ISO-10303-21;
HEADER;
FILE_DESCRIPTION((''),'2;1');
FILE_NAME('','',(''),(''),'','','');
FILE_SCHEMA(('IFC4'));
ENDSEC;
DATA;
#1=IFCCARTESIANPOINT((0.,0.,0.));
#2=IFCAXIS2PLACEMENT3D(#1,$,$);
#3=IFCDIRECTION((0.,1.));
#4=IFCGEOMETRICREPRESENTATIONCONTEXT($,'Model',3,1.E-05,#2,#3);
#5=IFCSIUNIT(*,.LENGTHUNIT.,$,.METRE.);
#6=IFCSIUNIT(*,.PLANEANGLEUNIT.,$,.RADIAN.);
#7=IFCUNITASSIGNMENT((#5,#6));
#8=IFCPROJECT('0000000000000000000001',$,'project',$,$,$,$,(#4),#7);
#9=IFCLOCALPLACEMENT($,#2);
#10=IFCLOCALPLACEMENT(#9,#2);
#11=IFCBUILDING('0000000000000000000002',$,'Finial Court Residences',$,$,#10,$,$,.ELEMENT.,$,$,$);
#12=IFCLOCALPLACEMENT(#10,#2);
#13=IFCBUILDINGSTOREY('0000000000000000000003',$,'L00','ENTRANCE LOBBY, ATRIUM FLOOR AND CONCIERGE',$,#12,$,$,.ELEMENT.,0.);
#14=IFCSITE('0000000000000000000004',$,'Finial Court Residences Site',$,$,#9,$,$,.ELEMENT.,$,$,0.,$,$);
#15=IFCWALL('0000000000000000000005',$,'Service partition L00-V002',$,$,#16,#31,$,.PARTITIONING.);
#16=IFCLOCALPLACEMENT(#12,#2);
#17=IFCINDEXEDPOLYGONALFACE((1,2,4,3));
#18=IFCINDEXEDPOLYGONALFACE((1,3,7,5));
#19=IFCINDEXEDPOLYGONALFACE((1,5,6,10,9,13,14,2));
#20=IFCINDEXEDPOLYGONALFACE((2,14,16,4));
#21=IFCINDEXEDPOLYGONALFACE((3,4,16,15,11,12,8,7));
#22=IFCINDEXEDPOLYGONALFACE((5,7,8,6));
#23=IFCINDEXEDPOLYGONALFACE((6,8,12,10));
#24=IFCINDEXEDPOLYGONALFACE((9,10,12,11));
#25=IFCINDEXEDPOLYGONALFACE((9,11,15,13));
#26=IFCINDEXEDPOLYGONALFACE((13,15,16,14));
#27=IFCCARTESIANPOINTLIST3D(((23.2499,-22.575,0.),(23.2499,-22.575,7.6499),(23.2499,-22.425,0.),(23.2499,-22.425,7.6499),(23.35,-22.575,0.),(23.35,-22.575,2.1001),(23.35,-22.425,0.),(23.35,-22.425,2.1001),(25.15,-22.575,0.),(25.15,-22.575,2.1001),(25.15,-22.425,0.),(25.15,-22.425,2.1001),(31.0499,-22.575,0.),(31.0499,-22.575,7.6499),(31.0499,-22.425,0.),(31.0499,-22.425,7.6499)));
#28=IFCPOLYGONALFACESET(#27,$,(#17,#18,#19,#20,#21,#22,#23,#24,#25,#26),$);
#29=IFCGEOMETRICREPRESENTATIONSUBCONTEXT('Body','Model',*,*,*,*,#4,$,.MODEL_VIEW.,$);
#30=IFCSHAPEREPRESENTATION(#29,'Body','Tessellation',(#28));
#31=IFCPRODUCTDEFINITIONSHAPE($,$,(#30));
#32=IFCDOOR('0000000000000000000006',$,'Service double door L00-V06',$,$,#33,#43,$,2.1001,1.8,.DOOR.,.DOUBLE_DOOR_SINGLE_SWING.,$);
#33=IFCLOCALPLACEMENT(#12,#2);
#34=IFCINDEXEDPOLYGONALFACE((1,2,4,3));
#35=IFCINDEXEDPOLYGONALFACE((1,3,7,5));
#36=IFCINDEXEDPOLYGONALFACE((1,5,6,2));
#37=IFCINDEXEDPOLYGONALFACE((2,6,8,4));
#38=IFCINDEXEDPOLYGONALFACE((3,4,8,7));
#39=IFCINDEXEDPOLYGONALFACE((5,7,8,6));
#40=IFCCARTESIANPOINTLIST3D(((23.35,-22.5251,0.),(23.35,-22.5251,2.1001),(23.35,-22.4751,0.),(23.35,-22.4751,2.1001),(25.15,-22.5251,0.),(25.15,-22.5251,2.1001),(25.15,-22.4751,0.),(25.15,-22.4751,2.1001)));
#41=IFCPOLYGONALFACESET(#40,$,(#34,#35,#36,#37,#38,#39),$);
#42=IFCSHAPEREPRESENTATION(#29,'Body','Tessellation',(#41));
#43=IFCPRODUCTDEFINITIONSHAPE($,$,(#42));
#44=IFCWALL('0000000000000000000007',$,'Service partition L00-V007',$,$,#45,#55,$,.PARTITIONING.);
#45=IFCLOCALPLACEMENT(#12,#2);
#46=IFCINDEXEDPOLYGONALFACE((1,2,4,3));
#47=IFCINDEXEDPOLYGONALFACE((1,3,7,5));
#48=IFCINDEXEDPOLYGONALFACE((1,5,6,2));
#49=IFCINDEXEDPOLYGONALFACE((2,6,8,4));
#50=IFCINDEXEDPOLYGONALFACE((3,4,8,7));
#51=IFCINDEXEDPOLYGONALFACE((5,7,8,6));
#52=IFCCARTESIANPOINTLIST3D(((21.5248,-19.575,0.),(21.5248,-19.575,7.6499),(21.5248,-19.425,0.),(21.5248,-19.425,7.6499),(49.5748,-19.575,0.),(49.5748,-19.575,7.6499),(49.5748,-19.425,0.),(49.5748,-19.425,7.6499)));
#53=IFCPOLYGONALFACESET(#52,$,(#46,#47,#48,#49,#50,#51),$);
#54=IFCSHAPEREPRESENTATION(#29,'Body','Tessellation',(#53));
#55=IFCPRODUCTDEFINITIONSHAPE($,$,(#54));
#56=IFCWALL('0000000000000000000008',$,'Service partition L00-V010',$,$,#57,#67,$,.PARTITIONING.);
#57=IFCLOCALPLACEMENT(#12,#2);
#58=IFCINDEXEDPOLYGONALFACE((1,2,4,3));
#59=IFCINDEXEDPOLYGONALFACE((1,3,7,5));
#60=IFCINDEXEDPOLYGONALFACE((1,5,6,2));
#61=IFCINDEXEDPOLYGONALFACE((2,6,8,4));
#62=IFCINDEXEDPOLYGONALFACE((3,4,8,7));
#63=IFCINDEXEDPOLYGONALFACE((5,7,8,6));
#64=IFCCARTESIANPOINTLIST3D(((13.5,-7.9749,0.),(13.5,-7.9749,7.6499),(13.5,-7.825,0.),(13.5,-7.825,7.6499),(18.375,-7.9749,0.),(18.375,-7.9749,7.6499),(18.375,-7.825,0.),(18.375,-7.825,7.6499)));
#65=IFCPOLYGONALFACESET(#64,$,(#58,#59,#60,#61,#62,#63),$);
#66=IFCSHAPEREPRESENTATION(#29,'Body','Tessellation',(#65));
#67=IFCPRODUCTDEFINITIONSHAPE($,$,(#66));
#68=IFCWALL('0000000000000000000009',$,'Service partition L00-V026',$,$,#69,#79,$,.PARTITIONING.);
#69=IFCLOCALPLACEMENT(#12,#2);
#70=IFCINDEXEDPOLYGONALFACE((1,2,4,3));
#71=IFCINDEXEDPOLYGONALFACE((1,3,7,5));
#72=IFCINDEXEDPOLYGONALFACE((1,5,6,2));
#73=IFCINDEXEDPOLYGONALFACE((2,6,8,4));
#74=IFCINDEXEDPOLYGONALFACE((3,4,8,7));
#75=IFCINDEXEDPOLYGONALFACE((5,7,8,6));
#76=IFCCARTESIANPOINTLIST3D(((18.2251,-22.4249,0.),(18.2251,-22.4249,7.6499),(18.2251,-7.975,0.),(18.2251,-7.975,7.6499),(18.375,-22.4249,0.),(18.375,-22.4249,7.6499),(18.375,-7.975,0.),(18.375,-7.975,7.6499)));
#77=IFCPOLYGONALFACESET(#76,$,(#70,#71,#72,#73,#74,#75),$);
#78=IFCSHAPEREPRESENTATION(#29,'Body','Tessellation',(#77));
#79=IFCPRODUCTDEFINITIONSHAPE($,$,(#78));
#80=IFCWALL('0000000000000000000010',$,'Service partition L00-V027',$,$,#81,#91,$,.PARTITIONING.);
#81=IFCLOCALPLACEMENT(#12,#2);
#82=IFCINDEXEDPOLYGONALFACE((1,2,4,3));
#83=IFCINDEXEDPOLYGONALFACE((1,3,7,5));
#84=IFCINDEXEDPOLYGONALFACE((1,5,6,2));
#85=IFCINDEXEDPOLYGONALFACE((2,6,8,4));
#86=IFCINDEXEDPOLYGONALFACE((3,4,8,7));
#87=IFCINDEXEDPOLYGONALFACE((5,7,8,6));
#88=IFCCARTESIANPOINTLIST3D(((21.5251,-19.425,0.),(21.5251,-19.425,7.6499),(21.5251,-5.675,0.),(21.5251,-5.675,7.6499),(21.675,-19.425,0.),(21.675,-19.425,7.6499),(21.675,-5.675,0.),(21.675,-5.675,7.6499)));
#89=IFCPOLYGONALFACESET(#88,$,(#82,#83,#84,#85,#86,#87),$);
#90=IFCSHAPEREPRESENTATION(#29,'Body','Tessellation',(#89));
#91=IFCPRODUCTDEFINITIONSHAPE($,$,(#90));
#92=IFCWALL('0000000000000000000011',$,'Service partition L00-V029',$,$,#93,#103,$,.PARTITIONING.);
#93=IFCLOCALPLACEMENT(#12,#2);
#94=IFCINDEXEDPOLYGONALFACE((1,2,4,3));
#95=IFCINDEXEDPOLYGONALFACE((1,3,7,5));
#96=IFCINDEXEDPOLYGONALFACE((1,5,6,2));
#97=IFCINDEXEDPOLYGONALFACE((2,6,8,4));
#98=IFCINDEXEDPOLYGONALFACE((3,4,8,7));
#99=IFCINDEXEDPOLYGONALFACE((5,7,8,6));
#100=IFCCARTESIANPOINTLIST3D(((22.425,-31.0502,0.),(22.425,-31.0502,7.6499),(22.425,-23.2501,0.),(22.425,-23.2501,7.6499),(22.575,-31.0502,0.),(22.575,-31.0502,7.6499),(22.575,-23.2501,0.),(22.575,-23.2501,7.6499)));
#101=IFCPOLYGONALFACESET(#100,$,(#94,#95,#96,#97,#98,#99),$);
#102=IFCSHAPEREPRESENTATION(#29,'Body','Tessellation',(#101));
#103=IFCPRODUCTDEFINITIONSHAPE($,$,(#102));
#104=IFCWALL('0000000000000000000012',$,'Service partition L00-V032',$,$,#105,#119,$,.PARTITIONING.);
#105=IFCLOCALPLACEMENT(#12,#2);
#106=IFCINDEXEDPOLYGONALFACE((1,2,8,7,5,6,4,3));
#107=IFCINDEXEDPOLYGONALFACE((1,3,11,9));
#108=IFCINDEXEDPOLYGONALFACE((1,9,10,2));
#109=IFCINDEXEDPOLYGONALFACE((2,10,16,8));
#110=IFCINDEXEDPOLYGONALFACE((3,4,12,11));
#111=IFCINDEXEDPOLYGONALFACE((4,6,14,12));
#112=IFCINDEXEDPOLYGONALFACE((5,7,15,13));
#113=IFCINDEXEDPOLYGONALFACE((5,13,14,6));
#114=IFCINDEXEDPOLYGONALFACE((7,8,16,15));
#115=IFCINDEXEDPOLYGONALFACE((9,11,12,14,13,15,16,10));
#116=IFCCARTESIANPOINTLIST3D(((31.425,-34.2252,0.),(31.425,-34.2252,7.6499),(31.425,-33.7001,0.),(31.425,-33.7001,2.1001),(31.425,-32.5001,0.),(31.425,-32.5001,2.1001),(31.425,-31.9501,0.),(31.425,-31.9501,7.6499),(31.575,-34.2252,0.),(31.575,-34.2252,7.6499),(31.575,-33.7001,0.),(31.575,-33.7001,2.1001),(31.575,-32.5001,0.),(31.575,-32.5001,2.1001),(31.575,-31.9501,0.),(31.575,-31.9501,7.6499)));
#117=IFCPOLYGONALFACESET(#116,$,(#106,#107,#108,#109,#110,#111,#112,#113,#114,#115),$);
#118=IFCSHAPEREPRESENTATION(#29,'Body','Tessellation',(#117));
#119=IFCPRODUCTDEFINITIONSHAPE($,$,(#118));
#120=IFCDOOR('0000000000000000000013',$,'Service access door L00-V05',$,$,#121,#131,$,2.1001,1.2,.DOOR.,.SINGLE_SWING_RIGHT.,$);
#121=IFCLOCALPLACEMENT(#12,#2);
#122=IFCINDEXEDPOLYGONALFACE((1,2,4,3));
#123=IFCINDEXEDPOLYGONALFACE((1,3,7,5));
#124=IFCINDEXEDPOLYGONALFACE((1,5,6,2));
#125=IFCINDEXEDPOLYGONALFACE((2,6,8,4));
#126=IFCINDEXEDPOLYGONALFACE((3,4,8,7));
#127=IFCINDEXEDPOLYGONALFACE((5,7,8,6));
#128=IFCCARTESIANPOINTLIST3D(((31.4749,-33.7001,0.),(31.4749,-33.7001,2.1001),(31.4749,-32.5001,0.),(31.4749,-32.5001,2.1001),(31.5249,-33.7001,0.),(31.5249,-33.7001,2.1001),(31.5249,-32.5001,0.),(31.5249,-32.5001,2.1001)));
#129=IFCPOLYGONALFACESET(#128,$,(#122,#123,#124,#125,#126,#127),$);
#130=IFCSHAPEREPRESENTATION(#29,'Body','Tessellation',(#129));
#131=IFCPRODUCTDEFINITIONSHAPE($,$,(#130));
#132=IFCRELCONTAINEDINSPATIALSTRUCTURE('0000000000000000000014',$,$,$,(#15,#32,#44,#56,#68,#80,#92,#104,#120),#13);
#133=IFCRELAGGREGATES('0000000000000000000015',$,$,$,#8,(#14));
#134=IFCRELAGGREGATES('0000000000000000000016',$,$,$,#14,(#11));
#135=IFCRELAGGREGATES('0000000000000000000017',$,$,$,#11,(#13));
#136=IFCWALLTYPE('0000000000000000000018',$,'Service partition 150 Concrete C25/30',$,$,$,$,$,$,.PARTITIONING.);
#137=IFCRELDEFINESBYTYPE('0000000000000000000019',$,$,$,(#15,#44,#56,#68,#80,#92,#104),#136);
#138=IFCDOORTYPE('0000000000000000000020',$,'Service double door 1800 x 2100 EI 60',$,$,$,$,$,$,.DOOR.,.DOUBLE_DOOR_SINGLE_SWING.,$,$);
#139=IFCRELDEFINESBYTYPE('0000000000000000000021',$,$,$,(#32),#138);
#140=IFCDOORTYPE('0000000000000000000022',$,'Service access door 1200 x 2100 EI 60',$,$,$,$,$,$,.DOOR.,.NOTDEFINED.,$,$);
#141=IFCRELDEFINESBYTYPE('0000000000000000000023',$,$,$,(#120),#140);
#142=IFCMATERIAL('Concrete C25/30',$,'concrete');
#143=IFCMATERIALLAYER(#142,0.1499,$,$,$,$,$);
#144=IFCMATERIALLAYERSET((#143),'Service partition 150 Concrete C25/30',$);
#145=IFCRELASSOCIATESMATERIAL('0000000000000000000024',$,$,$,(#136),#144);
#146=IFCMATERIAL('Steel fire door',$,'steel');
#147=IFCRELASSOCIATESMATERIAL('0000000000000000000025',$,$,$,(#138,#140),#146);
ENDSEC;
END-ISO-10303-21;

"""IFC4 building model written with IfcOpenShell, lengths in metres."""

from ifc_helpers import new_model, si_unit, direction, frame, frame_2d, origin, place, context, subcontext, project, spatial, rectangle, extrude, material, layer, layer_set, type_object, element, fill, save


model = new_model("IFC4")

# Units and contexts
model_context = context("Model", 3, precision=1e-05, world=origin(), true_north=direction((0.0, 1.0)))
body_context = subcontext(model_context, "Body", "Model", "MODEL_VIEW")
ifc_project = project(units=[si_unit("LENGTHUNIT", "METRE"), si_unit("PLANEANGLEUNIT", "RADIAN")], contexts=[model_context])

# Site, building, storey
site_placement = place(None, origin())
site = spatial("IfcSite", under=ifc_project, at=site_placement, Name="Finial Court Residences Site", CompositionType="ELEMENT", RefElevation=0.0)
building_placement = place(site_placement, origin())
building = spatial("IfcBuilding", under=site, at=building_placement, Name="Finial Court Residences", CompositionType="ELEMENT")
storey_placement = place(building_placement, origin())
storey = spatial("IfcBuildingStorey", under=building, at=storey_placement, Name="L00", Description="ENTRANCE LOBBY, ATRIUM FLOOR AND CONCIERGE", CompositionType="ELEMENT", Elevation=0.0)

# Shared definitions
ifc_material_1 = material(Name="Steel fire door", Category="steel")

# Shared definitions
ifc_material_2 = material(Name="Concrete C25/30", Category="concrete")
ifc_layer_1 = layer(ifc_material_2, 0.1499)
ifc_layer_set_1 = layer_set([ifc_layer_1], Name="Service partition 150 Concrete C25/30")
wall_type_1 = type_object("IfcWallType", Name="Service partition 150 Concrete C25/30", PredefinedType="PARTITIONING", material=ifc_layer_set_1)

# Wall, opening, door
wall_1_placement = place(storey_placement, frame((23.25, -22.5, 0.0), z_axis=(0.0, 0.0, 1.0), x_axis=(1.0, 0.0, 0.0)))
wall_1 = element("IfcWall", 1, at=wall_1_placement, inside=storey, type_object=wall_type_1, Name="Service partition L00-V002", PredefinedType="PARTITIONING", context=body_context, shape_type="SweptSolid", body=[
    extrude(rectangle(XDim=7.8, YDim=0.1499, at=frame_2d((3.8999, 0.0))), origin(), (0.0, 0.0, 1.0), 7.6499),
])
opening_1_placement = place(wall_1_placement, frame((0.1001, 0.0, 0.0)))
opening_1 = element("IfcOpeningElement", 2, at=opening_1_placement, cuts=wall_1, PredefinedType="OPENING", context=body_context, shape_type="SweptSolid", body=[
    extrude(rectangle(XDim=1.8, YDim=2.1001, at=frame_2d((0.8999, 1.05))), frame((0.0, 0.085, 0.0), z_axis=(0.0, -1.0, 0.0), x_axis=(1.0, 0.0, 0.0)), (0.0, 0.0, 1.0), 0.1699),
])
door_type_1 = type_object("IfcDoorType", Name="Service double door 1800 x 2100 EI 60", OperationType="DOUBLE_DOOR_SINGLE_SWING", PredefinedType="DOOR", material=ifc_material_1)
door_1_placement = place(opening_1_placement, origin())
door_1 = element("IfcDoor", 3, at=door_1_placement, inside=storey, type_object=door_type_1, Name="Service double door L00-V06", OperationType="DOUBLE_DOOR_SINGLE_SWING", OverallHeight=2.1001, OverallWidth=1.8, PredefinedType="DOOR", context=body_context, shape_type="SweptSolid", body=[
    extrude(rectangle(XDim=1.8, YDim=2.1001, at=frame_2d((0.8999, 1.05))), frame((0.0, 0.0249, 0.0), z_axis=(0.0, -1.0, 0.0), x_axis=(1.0, 0.0, 0.0)), (0.0, 0.0, 1.0), 0.05),
])
fill(opening_1, door_1)

# Walls
wall_2_placement = place(storey_placement, frame((21.5249, -19.5, 0.0), z_axis=(0.0, 0.0, 1.0), x_axis=(1.0, 0.0, 0.0)))
element("IfcWall", 4, at=wall_2_placement, inside=storey, type_object=wall_type_1, Name="Service partition L00-V007", PredefinedType="PARTITIONING", context=body_context, shape_type="SweptSolid", body=[
    extrude(rectangle(XDim=28.05, YDim=0.1499, at=frame_2d((14.0249, 0.0))), origin(), (0.0, 0.0, 1.0), 7.6499),
])
wall_3_placement = place(storey_placement, frame((13.5, -7.8999, 0.0), z_axis=(0.0, 0.0, 1.0), x_axis=(1.0, 0.0, 0.0)))
element("IfcWall", 5, at=wall_3_placement, inside=storey, type_object=wall_type_1, Name="Service partition L00-V010", PredefinedType="PARTITIONING", context=body_context, shape_type="SweptSolid", body=[
    extrude(rectangle(XDim=4.875, YDim=0.1499, at=frame_2d((2.4375, 0.0))), origin(), (0.0, 0.0, 1.0), 7.6499),
])
wall_4_placement = place(storey_placement, frame((18.3, -22.425, 0.0), z_axis=(0.0, 0.0, 1.0), x_axis=(0.0, 1.0, 0.0)))
element("IfcWall", 6, at=wall_4_placement, inside=storey, type_object=wall_type_1, Name="Service partition L00-V026", PredefinedType="PARTITIONING", context=body_context, shape_type="SweptSolid", body=[
    extrude(rectangle(XDim=14.45, YDim=0.1499, at=frame_2d((7.2251, 0.0))), origin(), (0.0, 0.0, 1.0), 7.6499),
])
wall_5_placement = place(storey_placement, frame((21.6001, -19.425, 0.0), z_axis=(0.0, 0.0, 1.0), x_axis=(0.0, 1.0, 0.0)))
element("IfcWall", 7, at=wall_5_placement, inside=storey, type_object=wall_type_1, Name="Service partition L00-V027", PredefinedType="PARTITIONING", context=body_context, shape_type="SweptSolid", body=[
    extrude(rectangle(XDim=13.75, YDim=0.1499, at=frame_2d((6.875, 0.0))), origin(), (0.0, 0.0, 1.0), 7.6499),
])
wall_6_placement = place(storey_placement, frame((22.5, -31.05, 0.0), z_axis=(0.0, 0.0, 1.0), x_axis=(0.0, 1.0, 0.0)))
element("IfcWall", 8, at=wall_6_placement, inside=storey, type_object=wall_type_1, Name="Service partition L00-V029", PredefinedType="PARTITIONING", context=body_context, shape_type="SweptSolid", body=[
    extrude(rectangle(XDim=7.8, YDim=0.1499, at=frame_2d((3.8999, 0.0))), origin(), (0.0, 0.0, 1.0), 7.6499),
])

# Wall, opening, door
wall_7_placement = place(storey_placement, frame((31.5, -31.95, 0.0), z_axis=(0.0, 0.0, 1.0), x_axis=(0.0, -1.0, 0.0)))
wall_7 = element("IfcWall", 9, at=wall_7_placement, inside=storey, type_object=wall_type_1, Name="Service partition L00-V032", PredefinedType="PARTITIONING", context=body_context, shape_type="SweptSolid", body=[
    extrude(rectangle(XDim=2.2751, YDim=0.1499, at=frame_2d((1.1377, 0.0))), origin(), (0.0, 0.0, 1.0), 7.6499),
])
opening_2_placement = place(wall_7_placement, frame((0.55, 0.0, 0.0)))
opening_2 = element("IfcOpeningElement", 10, at=opening_2_placement, cuts=wall_7, PredefinedType="OPENING", context=body_context, shape_type="SweptSolid", body=[
    extrude(rectangle(XDim=1.2, YDim=2.1001, at=frame_2d((0.6001, 1.05))), frame((0.0, 0.085, 0.0), z_axis=(0.0, -1.0, 0.0), x_axis=(1.0, 0.0, 0.0)), (0.0, 0.0, 1.0), 0.1699),
])
door_type_2 = type_object("IfcDoorType", Name="Service access door 1200 x 2100 EI 60", OperationType="NOTDEFINED", PredefinedType="DOOR", material=ifc_material_1)
door_2_placement = place(opening_2_placement, origin())
door_2 = element("IfcDoor", 11, at=door_2_placement, inside=storey, type_object=door_type_2, Name="Service access door L00-V05", OperationType="SINGLE_SWING_RIGHT", OverallHeight=2.1001, OverallWidth=1.2, PredefinedType="DOOR", context=body_context, shape_type="SweptSolid", body=[
    extrude(rectangle(XDim=1.2, YDim=2.1001, at=frame_2d((0.6001, 1.05))), frame((0.0, 0.0249, 0.0), z_axis=(0.0, -1.0, 0.0), x_axis=(1.0, 0.0, 0.0)), (0.0, 0.0, 1.0), 0.05),
])
fill(opening_2, door_2)

save(model, "model.ifc")
